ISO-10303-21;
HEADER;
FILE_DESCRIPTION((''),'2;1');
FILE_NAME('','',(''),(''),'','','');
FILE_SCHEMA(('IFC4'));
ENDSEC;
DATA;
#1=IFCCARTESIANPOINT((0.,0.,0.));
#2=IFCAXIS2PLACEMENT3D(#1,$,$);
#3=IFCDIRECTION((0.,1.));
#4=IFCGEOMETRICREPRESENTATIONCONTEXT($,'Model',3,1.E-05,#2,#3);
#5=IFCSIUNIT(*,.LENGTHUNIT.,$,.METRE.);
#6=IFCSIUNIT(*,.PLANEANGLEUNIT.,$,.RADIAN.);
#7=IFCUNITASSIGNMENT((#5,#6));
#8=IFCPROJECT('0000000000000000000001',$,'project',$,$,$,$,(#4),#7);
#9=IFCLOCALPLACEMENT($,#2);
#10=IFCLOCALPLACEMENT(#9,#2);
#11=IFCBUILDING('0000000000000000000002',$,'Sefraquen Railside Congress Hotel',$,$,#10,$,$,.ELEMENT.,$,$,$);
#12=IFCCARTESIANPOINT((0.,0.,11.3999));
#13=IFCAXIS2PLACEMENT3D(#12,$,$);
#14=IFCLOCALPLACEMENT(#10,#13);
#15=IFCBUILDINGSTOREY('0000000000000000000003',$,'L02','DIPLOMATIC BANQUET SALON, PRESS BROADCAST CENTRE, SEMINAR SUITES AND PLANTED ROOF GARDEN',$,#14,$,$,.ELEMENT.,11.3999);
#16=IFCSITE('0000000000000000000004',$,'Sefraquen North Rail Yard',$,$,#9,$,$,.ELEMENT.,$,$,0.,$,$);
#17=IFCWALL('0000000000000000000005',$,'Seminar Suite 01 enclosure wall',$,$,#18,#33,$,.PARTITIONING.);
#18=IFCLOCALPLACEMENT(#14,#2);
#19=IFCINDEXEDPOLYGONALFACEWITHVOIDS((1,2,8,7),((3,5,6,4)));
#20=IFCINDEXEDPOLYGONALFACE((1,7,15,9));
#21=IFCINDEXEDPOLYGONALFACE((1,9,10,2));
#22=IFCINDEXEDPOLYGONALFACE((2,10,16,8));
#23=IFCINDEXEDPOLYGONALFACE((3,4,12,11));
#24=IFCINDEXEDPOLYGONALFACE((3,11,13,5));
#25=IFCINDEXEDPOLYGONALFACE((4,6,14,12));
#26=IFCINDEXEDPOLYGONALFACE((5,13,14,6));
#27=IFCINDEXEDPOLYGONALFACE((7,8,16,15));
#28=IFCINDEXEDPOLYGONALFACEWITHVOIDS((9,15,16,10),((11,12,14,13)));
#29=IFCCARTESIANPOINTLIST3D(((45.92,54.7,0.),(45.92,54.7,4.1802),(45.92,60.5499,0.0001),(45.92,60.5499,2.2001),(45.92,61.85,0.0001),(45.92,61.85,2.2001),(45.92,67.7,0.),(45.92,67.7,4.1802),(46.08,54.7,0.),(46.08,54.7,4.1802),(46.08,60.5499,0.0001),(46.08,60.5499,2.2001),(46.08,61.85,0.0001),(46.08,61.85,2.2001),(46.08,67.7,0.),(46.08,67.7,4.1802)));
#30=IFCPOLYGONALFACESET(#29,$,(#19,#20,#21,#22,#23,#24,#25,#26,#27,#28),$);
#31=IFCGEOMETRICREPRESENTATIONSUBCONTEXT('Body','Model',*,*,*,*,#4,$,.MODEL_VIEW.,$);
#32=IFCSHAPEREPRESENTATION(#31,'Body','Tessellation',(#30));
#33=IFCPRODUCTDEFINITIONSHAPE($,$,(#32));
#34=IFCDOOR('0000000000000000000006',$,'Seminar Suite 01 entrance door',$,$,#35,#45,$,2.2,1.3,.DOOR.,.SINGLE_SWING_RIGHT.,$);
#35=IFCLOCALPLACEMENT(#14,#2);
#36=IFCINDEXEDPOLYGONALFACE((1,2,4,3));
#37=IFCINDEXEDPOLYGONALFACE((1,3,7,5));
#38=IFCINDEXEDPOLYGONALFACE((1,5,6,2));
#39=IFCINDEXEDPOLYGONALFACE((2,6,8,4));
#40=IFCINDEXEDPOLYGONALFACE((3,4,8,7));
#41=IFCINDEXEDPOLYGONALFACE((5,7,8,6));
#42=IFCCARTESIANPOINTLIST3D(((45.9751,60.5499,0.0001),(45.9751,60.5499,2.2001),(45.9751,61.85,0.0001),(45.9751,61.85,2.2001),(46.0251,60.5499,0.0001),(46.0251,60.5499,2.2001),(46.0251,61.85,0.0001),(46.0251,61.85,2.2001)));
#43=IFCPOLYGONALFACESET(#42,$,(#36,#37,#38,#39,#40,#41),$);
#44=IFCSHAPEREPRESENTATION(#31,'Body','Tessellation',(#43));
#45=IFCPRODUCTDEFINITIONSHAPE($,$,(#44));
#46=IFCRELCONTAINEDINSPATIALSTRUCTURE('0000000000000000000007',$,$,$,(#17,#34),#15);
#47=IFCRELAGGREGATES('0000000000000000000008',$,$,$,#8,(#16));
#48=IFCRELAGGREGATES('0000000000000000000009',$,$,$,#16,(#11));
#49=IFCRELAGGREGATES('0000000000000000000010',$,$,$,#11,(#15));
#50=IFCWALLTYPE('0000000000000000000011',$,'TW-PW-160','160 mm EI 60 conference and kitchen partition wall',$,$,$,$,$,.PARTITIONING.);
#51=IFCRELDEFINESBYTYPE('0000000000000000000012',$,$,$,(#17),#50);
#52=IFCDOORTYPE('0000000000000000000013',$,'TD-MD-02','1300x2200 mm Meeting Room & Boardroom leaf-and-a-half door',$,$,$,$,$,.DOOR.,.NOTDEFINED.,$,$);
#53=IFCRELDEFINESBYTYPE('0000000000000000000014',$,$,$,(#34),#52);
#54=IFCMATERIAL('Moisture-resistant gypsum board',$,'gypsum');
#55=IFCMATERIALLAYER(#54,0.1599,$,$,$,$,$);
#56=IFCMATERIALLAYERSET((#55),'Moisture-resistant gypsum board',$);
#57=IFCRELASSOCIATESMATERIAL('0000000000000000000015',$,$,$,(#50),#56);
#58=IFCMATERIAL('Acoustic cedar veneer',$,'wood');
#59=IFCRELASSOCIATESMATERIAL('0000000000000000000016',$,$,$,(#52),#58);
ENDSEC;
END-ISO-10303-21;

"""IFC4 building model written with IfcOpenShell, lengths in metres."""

from ifc_helpers import new_model, si_unit, direction, frame, frame_2d, origin, place, context, subcontext, project, spatial, rectangle, extrude, material, layer, layer_set, type_object, element, fill, save


model = new_model("IFC4")

# Units and contexts
model_context = context("Model", 3, precision=1e-05, world=origin(), true_north=direction((0.0, 1.0)))
body_context = subcontext(model_context, "Body", "Model", "MODEL_VIEW")
ifc_project = project(units=[si_unit("LENGTHUNIT", "METRE"), si_unit("PLANEANGLEUNIT", "RADIAN")], contexts=[model_context])

# Site, building, storey
site_placement = place(None, origin())
site = spatial("IfcSite", under=ifc_project, at=site_placement, Name="Sefraquen North Rail Yard", CompositionType="ELEMENT", RefElevation=0.0)
building_placement = place(site_placement, origin())
building = spatial("IfcBuilding", under=site, at=building_placement, Name="Sefraquen Railside Congress Hotel", CompositionType="ELEMENT")
storey_placement = place(building_placement, frame((0.0, 0.0, 11.3999)))
storey = spatial("IfcBuildingStorey", under=building, at=storey_placement, Name="L02", Description="DIPLOMATIC BANQUET SALON, PRESS BROADCAST CENTRE, SEMINAR SUITES AND PLANTED ROOF GARDEN", CompositionType="ELEMENT", Elevation=11.3999)

# Wall, opening, door
ifc_material_1 = material(Name="Moisture-resistant gypsum board", Category="gypsum")
ifc_layer_1 = layer(ifc_material_1, 0.1599)
ifc_layer_set_1 = layer_set([ifc_layer_1], Name="Moisture-resistant gypsum board")
wall_type = type_object("IfcWallType", Name="TW-PW-160", Description="160 mm EI 60 conference and kitchen partition wall", PredefinedType="PARTITIONING", material=ifc_layer_set_1)
wall_placement = place(storey_placement, frame((46.0, 54.7, 0.0), z_axis=(0.0, 0.0, 1.0), x_axis=(0.0, 1.0, 0.0)))
wall = element("IfcWall", 1, at=wall_placement, inside=storey, type_object=wall_type, Name="Seminar Suite 01 enclosure wall", PredefinedType="PARTITIONING", context=body_context, shape_type="SweptSolid", body=[
    extrude(rectangle(XDim=13.0, YDim=0.1599, at=frame_2d((6.5, 0.0))), origin(), (0.0, 0.0, 1.0), 4.1802),
])
opening_placement = place(wall_placement, frame((5.8501, 0.0, 0.0)))
opening = element("IfcOpeningElement", 2, at=opening_placement, cuts=wall, PredefinedType="OPENING", context=body_context, shape_type="SweptSolid", body=[
    extrude(rectangle(XDim=1.3, YDim=2.2, at=frame_2d((0.6499, 1.1001))), frame((0.0, 0.0898, 0.0), z_axis=(0.0, -1.0, 0.0), x_axis=(1.0, 0.0, 0.0)), (0.0, 0.0, 1.0), 0.1799),
])
ifc_material_2 = material(Name="Acoustic cedar veneer", Category="wood")
door_type = type_object("IfcDoorType", Name="TD-MD-02", Description="1300x2200 mm Meeting Room & Boardroom leaf-and-a-half door", OperationType="NOTDEFINED", PredefinedType="DOOR", material=ifc_material_2)
door_placement = place(opening_placement, origin())
door = element("IfcDoor", 3, at=door_placement, inside=storey, type_object=door_type, Name="Seminar Suite 01 entrance door", OperationType="SINGLE_SWING_RIGHT", OverallHeight=2.2, OverallWidth=1.3, PredefinedType="DOOR", context=body_context, shape_type="SweptSolid", body=[
    extrude(rectangle(XDim=1.3, YDim=2.2, at=frame_2d((0.6499, 1.1001))), frame((0.0, 0.0249, 0.0), z_axis=(0.0, -1.0, 0.0), x_axis=(1.0, 0.0, 0.0)), (0.0, 0.0, 1.0), 0.05),
])
fill(opening, door)

save(model, "model.ifc")
